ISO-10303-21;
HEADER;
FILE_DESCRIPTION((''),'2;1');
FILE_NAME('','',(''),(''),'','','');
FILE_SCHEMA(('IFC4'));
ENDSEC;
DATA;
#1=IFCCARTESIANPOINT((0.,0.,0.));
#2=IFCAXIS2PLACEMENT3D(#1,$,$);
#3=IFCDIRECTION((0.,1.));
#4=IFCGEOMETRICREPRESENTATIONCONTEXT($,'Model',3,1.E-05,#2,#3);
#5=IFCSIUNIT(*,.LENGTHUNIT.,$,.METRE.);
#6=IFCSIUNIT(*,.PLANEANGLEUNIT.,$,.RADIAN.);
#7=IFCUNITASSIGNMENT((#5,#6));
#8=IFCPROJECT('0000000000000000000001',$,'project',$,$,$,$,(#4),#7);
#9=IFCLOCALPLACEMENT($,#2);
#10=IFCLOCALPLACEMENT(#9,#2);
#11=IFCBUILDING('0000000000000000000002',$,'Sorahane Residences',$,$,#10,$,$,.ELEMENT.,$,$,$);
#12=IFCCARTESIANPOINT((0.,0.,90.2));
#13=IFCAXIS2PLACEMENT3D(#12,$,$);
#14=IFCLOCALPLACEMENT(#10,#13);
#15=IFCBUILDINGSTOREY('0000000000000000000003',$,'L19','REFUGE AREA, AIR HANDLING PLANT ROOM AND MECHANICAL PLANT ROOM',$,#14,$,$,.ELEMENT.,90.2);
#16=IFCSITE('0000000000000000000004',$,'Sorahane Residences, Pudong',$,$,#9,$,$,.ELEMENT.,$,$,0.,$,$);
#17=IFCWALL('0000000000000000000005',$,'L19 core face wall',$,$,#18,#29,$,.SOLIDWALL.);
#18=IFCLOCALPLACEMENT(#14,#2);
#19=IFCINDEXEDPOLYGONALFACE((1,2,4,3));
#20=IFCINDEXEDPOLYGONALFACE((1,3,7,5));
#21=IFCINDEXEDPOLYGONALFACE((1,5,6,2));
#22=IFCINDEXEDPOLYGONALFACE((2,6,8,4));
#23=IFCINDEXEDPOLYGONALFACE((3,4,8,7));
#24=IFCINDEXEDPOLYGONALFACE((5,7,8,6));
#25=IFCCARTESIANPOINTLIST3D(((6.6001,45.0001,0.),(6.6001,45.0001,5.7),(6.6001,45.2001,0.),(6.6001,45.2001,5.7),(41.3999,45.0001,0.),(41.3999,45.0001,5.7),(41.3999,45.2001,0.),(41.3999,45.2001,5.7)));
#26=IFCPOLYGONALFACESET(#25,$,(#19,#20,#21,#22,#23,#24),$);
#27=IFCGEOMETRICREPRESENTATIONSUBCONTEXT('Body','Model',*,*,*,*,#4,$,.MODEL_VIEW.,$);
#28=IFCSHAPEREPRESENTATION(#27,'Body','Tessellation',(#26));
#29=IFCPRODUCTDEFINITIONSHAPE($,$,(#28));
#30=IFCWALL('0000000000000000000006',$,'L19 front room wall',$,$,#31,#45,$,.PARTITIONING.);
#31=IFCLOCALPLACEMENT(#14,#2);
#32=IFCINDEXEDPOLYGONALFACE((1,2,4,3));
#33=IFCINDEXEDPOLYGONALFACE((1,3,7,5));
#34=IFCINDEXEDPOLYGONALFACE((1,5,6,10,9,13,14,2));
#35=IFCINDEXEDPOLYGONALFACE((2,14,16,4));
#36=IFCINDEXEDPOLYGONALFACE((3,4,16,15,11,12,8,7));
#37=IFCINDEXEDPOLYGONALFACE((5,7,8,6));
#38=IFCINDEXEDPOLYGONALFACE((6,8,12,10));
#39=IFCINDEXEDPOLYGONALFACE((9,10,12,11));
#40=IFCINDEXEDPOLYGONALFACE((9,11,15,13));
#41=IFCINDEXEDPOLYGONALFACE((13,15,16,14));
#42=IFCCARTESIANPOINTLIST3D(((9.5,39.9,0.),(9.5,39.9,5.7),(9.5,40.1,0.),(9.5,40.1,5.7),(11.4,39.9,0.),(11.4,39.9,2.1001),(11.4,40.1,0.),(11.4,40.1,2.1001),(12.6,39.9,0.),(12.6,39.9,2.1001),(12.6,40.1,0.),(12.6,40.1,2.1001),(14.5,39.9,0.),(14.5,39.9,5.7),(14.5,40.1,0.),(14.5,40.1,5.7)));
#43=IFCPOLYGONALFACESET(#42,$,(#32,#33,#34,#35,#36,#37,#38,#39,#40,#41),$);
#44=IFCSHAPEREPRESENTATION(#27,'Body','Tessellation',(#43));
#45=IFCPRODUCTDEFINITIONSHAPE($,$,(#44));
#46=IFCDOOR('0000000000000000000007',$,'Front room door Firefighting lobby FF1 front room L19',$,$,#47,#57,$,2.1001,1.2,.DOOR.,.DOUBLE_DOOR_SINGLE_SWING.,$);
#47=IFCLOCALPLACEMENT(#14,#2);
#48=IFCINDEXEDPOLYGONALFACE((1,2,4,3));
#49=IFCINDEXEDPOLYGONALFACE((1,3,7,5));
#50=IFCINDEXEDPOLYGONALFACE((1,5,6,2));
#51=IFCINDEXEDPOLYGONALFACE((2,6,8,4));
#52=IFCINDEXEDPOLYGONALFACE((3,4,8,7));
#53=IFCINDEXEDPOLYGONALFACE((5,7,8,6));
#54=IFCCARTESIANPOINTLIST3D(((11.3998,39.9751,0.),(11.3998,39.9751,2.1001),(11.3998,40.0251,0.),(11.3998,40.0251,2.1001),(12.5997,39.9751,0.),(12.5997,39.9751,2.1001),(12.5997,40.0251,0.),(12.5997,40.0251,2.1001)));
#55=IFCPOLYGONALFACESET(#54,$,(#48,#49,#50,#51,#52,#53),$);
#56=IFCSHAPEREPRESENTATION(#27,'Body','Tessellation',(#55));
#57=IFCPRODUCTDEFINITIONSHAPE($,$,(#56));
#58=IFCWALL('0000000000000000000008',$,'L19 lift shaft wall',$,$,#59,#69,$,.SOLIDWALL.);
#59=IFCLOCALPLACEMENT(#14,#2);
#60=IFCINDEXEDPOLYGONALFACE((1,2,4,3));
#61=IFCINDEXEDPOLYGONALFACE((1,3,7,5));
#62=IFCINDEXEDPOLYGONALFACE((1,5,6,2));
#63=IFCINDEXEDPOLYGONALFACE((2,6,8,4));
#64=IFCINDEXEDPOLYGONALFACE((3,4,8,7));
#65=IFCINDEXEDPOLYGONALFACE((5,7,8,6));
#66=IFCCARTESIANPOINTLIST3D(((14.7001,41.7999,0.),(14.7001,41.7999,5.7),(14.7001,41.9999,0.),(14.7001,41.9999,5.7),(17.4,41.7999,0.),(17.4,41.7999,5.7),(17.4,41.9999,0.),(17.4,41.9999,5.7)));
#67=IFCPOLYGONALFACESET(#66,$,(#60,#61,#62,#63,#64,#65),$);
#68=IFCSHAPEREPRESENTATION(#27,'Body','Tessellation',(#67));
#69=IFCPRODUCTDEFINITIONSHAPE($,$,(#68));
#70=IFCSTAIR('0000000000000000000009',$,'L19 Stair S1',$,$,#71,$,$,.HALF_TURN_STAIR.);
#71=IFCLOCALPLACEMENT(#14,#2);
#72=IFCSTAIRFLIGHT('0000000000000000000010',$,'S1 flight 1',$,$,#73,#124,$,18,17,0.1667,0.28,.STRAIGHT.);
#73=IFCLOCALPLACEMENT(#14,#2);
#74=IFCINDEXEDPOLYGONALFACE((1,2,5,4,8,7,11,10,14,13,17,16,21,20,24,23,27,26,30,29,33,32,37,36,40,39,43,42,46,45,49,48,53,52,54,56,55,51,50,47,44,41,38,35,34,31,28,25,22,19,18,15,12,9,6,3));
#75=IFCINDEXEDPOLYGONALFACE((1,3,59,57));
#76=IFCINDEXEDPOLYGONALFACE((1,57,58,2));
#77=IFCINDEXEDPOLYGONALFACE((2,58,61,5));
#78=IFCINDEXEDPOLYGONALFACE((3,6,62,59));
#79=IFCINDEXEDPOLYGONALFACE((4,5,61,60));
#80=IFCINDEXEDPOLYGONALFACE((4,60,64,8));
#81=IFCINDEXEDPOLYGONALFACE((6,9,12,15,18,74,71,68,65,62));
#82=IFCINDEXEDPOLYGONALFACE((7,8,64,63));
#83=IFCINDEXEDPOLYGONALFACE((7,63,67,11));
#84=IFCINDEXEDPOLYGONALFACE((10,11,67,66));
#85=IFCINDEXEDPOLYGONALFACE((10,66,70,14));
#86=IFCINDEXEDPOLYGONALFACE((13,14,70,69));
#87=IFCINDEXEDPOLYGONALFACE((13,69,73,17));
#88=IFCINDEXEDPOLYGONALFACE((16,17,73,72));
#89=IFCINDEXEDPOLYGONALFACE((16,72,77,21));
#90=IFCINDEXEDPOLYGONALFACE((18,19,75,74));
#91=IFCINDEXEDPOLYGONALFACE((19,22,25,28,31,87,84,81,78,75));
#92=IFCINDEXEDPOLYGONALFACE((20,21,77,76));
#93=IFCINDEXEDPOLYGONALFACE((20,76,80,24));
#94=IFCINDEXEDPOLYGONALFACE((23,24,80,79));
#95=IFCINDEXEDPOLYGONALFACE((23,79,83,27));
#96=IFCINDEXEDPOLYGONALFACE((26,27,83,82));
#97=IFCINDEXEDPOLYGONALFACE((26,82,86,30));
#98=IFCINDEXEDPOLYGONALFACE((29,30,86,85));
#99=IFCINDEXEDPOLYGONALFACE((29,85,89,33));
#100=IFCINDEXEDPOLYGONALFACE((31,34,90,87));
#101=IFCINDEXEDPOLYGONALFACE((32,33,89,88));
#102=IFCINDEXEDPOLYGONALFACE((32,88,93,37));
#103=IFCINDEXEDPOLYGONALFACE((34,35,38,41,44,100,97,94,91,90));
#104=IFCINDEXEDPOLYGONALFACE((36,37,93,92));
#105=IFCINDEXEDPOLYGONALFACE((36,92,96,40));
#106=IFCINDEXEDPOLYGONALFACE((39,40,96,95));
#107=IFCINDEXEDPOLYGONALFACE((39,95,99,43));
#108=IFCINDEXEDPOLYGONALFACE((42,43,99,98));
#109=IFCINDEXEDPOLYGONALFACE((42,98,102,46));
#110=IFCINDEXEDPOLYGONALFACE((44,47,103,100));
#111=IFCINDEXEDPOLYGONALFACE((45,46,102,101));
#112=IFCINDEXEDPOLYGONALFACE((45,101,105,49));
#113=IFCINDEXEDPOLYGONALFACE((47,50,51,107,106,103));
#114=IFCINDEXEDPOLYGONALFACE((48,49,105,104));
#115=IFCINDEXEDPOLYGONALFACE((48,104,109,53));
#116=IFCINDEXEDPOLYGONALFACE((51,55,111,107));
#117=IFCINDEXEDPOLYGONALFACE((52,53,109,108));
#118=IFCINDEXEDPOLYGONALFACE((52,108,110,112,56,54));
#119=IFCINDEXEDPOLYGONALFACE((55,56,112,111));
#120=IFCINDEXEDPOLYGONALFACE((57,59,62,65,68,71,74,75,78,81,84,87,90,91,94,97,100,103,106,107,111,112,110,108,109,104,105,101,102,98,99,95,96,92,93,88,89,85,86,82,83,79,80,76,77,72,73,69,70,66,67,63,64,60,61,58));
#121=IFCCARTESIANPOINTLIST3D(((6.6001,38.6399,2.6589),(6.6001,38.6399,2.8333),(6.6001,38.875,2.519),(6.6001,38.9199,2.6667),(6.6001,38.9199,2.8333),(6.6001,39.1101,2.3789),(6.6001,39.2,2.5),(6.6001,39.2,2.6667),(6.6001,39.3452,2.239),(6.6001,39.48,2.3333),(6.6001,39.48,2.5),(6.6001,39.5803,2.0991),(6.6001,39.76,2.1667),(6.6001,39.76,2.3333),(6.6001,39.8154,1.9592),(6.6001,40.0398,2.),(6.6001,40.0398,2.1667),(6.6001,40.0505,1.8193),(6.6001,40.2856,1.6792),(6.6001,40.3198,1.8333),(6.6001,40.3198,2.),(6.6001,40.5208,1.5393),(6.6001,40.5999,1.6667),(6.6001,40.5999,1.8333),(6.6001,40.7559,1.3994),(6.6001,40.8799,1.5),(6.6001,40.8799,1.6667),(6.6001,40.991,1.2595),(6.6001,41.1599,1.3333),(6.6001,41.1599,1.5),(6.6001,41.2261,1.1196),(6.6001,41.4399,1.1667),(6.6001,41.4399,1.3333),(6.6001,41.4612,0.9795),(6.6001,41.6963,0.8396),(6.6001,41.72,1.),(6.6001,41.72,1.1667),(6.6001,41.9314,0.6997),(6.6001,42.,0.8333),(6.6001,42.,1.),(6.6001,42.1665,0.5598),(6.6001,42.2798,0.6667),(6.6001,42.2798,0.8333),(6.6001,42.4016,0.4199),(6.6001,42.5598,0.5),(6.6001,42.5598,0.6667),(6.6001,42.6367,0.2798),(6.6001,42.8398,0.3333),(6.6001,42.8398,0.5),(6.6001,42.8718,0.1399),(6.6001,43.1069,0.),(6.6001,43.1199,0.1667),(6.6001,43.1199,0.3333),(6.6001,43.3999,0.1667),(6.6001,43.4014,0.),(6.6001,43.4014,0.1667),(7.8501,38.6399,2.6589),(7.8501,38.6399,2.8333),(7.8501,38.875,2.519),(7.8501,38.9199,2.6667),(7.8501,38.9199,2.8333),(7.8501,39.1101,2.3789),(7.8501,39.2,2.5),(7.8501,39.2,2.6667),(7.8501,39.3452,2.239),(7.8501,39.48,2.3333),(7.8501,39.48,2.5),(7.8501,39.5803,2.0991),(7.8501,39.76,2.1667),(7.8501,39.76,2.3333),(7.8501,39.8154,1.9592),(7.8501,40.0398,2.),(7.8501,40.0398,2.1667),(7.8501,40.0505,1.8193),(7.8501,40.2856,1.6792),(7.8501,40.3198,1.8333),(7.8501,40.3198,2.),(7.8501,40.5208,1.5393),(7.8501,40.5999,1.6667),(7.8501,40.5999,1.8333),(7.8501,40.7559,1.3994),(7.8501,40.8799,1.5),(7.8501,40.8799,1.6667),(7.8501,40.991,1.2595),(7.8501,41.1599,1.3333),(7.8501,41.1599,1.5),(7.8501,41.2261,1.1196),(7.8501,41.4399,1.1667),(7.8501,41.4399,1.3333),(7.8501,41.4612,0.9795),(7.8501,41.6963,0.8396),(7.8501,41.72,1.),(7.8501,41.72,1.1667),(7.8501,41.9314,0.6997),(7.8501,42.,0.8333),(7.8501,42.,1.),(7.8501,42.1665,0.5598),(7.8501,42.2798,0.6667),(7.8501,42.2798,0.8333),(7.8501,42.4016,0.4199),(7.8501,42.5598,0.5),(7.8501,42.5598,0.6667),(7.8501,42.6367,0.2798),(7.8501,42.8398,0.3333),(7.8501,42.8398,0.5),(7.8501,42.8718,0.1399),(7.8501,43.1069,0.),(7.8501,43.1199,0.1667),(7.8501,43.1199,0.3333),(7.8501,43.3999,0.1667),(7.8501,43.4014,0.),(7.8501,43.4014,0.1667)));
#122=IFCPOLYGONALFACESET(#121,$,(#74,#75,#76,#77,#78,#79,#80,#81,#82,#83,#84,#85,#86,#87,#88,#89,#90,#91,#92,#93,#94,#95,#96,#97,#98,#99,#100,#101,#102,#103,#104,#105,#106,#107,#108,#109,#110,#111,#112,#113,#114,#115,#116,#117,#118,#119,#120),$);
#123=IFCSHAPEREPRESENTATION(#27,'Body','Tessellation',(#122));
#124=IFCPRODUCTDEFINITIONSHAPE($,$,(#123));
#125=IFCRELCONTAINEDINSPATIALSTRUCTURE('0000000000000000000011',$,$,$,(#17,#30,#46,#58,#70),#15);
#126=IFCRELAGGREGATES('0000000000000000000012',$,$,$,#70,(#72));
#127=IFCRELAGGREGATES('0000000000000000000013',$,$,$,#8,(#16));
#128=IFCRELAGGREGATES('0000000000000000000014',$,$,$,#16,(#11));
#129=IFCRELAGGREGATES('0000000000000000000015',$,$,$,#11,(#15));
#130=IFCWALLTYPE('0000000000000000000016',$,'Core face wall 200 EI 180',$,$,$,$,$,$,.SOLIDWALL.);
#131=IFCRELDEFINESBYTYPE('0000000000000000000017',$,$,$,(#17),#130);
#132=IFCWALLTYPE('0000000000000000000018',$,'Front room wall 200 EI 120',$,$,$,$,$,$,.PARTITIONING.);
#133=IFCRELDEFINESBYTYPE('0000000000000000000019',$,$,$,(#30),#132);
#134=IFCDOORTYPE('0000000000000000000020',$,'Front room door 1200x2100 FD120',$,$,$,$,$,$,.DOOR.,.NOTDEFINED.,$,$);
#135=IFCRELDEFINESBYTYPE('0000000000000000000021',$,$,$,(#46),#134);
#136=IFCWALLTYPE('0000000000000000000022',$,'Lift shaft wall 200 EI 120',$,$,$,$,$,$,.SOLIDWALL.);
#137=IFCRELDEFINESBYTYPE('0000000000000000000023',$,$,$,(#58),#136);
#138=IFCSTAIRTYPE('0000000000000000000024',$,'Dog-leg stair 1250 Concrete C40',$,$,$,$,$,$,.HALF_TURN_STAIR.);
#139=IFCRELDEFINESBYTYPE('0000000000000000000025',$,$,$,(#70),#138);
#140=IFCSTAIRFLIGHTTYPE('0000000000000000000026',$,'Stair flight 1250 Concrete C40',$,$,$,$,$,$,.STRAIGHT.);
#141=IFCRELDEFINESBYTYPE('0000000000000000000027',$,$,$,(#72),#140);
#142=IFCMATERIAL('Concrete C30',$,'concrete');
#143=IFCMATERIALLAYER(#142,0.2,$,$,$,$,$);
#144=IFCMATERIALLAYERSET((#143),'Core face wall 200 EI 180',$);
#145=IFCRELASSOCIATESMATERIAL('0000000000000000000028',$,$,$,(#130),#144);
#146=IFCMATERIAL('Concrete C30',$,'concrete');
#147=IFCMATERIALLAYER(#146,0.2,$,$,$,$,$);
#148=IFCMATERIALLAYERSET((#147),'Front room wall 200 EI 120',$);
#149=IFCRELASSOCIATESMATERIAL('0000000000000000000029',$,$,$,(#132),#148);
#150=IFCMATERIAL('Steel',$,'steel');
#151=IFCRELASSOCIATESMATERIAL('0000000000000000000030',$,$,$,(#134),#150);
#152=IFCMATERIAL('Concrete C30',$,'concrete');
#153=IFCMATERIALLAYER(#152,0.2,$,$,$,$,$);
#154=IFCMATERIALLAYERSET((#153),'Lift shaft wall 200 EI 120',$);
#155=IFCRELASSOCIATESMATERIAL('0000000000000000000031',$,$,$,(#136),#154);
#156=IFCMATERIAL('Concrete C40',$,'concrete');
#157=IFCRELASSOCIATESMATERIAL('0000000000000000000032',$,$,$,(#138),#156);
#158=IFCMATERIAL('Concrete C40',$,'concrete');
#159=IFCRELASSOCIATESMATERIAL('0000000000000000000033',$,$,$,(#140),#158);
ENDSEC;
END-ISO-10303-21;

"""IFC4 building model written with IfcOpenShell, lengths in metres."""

from ifc_helpers import new_model, si_unit, direction, frame, frame_2d, origin, place, context, subcontext, project, spatial, polyline, rectangle, outline, extrude, material, layer, layer_set, type_object, element, fill, aggregate, save


model = new_model("IFC4")

# Units and contexts
model_context = context("Model", 3, precision=1e-05, world=origin(), true_north=direction((0.0, 1.0)))
body_context = subcontext(model_context, "Body", "Model", "MODEL_VIEW")
ifc_project = project(units=[si_unit("LENGTHUNIT", "METRE"), si_unit("PLANEANGLEUNIT", "RADIAN")], contexts=[model_context])

# Site, building, storey
site_placement = place(None, origin())
site = spatial("IfcSite", under=ifc_project, at=site_placement, Name="Sorahane Residences, Pudong", CompositionType="ELEMENT", RefElevation=0.0)
building_placement = place(site_placement, origin())
building = spatial("IfcBuilding", under=site, at=building_placement, Name="Sorahane Residences", CompositionType="ELEMENT")
storey_placement = place(building_placement, frame((0.0, 0.0, 90.2)))
storey = spatial("IfcBuildingStorey", under=building, at=storey_placement, Name="L19", Description="REFUGE AREA, AIR HANDLING PLANT ROOM AND MECHANICAL PLANT ROOM", CompositionType="ELEMENT", Elevation=90.2)

# Wall
ifc_material_1 = material(Name="Concrete C30", Category="concrete")
ifc_layer_1 = layer(ifc_material_1, 0.2)
ifc_layer_set_1 = layer_set([ifc_layer_1], Name="Core face wall 200 EI 180")
wall_type_1 = type_object("IfcWallType", Name="Core face wall 200 EI 180", PredefinedType="SOLIDWALL", material=ifc_layer_set_1)
wall_1_placement = place(storey_placement, frame((6.6001, 45.1001, 0.0), z_axis=(0.0, 0.0, 1.0), x_axis=(1.0, 0.0, 0.0)))
element("IfcWall", 1, at=wall_1_placement, inside=storey, type_object=wall_type_1, Name="L19 core face wall", PredefinedType="SOLIDWALL", context=body_context, shape_type="SweptSolid", body=[
    extrude(rectangle(XDim=34.7998, YDim=0.2, at=frame_2d((17.3999, 0.0))), origin(), (0.0, 0.0, 1.0), 5.7),
])

# Wall, opening, door
ifc_material_2 = material(Name="Concrete C30", Category="concrete")
ifc_layer_2 = layer(ifc_material_2, 0.2)
ifc_layer_set_2 = layer_set([ifc_layer_2], Name="Front room wall 200 EI 120")
wall_type_2 = type_object("IfcWallType", Name="Front room wall 200 EI 120", PredefinedType="PARTITIONING", material=ifc_layer_set_2)
wall_2_placement = place(storey_placement, frame((9.5, 40.0, 0.0), z_axis=(0.0, 0.0, 1.0), x_axis=(1.0, 0.0, 0.0)))
wall_2 = element("IfcWall", 2, at=wall_2_placement, inside=storey, type_object=wall_type_2, Name="L19 front room wall", PredefinedType="PARTITIONING", context=body_context, shape_type="SweptSolid", body=[
    extrude(rectangle(XDim=5.0, YDim=0.2, at=frame_2d((2.5, 0.0))), origin(), (0.0, 0.0, 1.0), 5.7),
])
opening_placement = place(wall_2_placement, frame((1.8999, 0.0, 0.0)))
opening = element("IfcOpeningElement", 3, at=opening_placement, cuts=wall_2, PredefinedType="OPENING", context=body_context, shape_type="SweptSolid", body=[
    extrude(rectangle(XDim=1.2, YDim=2.1001, at=frame_2d((0.6001, 1.05))), frame((0.0, 0.1099, 0.0), z_axis=(0.0, -1.0, 0.0), x_axis=(1.0, 0.0, 0.0)), (0.0, 0.0, 1.0), 0.22),
])
ifc_material_3 = material(Name="Steel", Category="steel")
door_type = type_object("IfcDoorType", Name="Front room door 1200x2100 FD120", OperationType="NOTDEFINED", PredefinedType="DOOR", material=ifc_material_3)
door_placement = place(opening_placement, frame((1.2, 0.0, 0.0), z_axis=(0.0, 0.0, 1.0), x_axis=(-1.0, 0.0, 0.0)))
door = element("IfcDoor", 4, at=door_placement, inside=storey, type_object=door_type, Name="Front room door Firefighting lobby FF1 front room L19", OperationType="DOUBLE_DOOR_SINGLE_SWING", OverallHeight=2.1001, OverallWidth=1.2, PredefinedType="DOOR", context=body_context, shape_type="SweptSolid", body=[
    extrude(rectangle(XDim=1.2, YDim=2.1001, at=frame_2d((0.6001, 1.05))), frame((0.0, 0.0249, 0.0), z_axis=(0.0, -1.0, 0.0), x_axis=(1.0, 0.0, 0.0)), (0.0, 0.0, 1.0), 0.05),
])
fill(opening, door)

# Wall
ifc_material_4 = material(Name="Concrete C30", Category="concrete")
ifc_layer_3 = layer(ifc_material_4, 0.2)
ifc_layer_set_3 = layer_set([ifc_layer_3], Name="Lift shaft wall 200 EI 120")
wall_type_3 = type_object("IfcWallType", Name="Lift shaft wall 200 EI 120", PredefinedType="SOLIDWALL", material=ifc_layer_set_3)
wall_3_placement = place(storey_placement, frame((14.7, 41.8999, 0.0), z_axis=(0.0, 0.0, 1.0), x_axis=(1.0, 0.0, 0.0)))
element("IfcWall", 5, at=wall_3_placement, inside=storey, type_object=wall_type_3, Name="L19 lift shaft wall", PredefinedType="SOLIDWALL", context=body_context, shape_type="SweptSolid", body=[
    extrude(rectangle(XDim=2.7, YDim=0.2, at=frame_2d((1.3501, 0.0))), origin(), (0.0, 0.0, 1.0), 5.7),
])

# Stair, stair flight
ifc_material_5 = material(Name="Concrete C40", Category="concrete")
stair_type = type_object("IfcStairType", Name="Dog-leg stair 1250 Concrete C40", PredefinedType="HALF_TURN_STAIR", material=ifc_material_5)
stair_placement = place(storey_placement, origin())
stair = element("IfcStair", 6, at=stair_placement, inside=storey, type_object=stair_type, Name="L19 Stair S1", PredefinedType="HALF_TURN_STAIR")
ifc_material_6 = material(Name="Concrete C40", Category="concrete")
stair_flight_type = type_object("IfcStairFlightType", Name="Stair flight 1250 Concrete C40", PredefinedType="STRAIGHT", material=ifc_material_6)
stair_flight_placement = place(storey_placement, frame((7.2251, 43.3999, 0.0), z_axis=(0.0, 0.0, 1.0), x_axis=(0.0, -1.0, 0.0)))
stair_flight = element("IfcStairFlight", 7, at=stair_flight_placement, type_object=stair_flight_type, Name="S1 flight 1", NumberOfRisers=18, NumberOfTreads=17, PredefinedType="STRAIGHT", RiserHeight=0.1667, TreadLength=0.28, context=body_context, shape_type="SweptSolid", body=[
    extrude(outline(polyline([(-0.0015, 0.0), (-0.0015, 0.1667), (0.0, 0.1667), (0.28, 0.1667), (0.28, 0.3333), (0.5601, 0.3333), (0.5601, 0.5), (0.8401, 0.5), (0.8401, 0.6667), (1.1201, 0.6667), (1.1201, 0.8333), (1.3999, 0.8333), (1.3999, 1.0), (1.6799, 1.0), (1.6799, 1.1667), (1.96, 1.1667), (1.96, 1.3333), (2.24, 1.3333), (2.24, 1.5), (2.52, 1.5), (2.52, 1.6667), (2.8, 1.6667), (2.8, 1.8333), (3.0801, 1.8333), (3.0801, 2.0), (3.3601, 2.0), (3.3601, 2.1667), (3.6399, 2.1667), (3.6399, 2.3333), (3.9199, 2.3333), (3.9199, 2.5), (4.2, 2.5), (4.2, 2.6667), (4.48, 2.6667), (4.48, 2.8333), (4.76, 2.8333), (4.76, 3.0), (4.76, 2.6589), (4.5249, 2.519), (4.2898, 2.3789), (4.0547, 2.239), (3.8196, 2.0991), (3.5845, 1.9592), (3.3494, 1.8193), (3.1143, 1.6792), (2.8792, 1.5393), (2.644, 1.3994), (2.4089, 1.2595), (2.1738, 1.1196), (1.9387, 0.9795), (1.7036, 0.8396), (1.4685, 0.6997), (1.2334, 0.5598), (0.9983, 0.4199), (0.7632, 0.2798), (0.5281, 0.1399), (0.293, 0.0), (-0.0015, 0.0)])), frame((0.0, 0.625, 0.0), z_axis=(0.0, -1.0, 0.0), x_axis=(1.0, 0.0, 0.0)), (0.0, 0.0, 1.0), 1.25),
])
aggregate(stair, [stair_flight])

save(model, "model.ifc")
